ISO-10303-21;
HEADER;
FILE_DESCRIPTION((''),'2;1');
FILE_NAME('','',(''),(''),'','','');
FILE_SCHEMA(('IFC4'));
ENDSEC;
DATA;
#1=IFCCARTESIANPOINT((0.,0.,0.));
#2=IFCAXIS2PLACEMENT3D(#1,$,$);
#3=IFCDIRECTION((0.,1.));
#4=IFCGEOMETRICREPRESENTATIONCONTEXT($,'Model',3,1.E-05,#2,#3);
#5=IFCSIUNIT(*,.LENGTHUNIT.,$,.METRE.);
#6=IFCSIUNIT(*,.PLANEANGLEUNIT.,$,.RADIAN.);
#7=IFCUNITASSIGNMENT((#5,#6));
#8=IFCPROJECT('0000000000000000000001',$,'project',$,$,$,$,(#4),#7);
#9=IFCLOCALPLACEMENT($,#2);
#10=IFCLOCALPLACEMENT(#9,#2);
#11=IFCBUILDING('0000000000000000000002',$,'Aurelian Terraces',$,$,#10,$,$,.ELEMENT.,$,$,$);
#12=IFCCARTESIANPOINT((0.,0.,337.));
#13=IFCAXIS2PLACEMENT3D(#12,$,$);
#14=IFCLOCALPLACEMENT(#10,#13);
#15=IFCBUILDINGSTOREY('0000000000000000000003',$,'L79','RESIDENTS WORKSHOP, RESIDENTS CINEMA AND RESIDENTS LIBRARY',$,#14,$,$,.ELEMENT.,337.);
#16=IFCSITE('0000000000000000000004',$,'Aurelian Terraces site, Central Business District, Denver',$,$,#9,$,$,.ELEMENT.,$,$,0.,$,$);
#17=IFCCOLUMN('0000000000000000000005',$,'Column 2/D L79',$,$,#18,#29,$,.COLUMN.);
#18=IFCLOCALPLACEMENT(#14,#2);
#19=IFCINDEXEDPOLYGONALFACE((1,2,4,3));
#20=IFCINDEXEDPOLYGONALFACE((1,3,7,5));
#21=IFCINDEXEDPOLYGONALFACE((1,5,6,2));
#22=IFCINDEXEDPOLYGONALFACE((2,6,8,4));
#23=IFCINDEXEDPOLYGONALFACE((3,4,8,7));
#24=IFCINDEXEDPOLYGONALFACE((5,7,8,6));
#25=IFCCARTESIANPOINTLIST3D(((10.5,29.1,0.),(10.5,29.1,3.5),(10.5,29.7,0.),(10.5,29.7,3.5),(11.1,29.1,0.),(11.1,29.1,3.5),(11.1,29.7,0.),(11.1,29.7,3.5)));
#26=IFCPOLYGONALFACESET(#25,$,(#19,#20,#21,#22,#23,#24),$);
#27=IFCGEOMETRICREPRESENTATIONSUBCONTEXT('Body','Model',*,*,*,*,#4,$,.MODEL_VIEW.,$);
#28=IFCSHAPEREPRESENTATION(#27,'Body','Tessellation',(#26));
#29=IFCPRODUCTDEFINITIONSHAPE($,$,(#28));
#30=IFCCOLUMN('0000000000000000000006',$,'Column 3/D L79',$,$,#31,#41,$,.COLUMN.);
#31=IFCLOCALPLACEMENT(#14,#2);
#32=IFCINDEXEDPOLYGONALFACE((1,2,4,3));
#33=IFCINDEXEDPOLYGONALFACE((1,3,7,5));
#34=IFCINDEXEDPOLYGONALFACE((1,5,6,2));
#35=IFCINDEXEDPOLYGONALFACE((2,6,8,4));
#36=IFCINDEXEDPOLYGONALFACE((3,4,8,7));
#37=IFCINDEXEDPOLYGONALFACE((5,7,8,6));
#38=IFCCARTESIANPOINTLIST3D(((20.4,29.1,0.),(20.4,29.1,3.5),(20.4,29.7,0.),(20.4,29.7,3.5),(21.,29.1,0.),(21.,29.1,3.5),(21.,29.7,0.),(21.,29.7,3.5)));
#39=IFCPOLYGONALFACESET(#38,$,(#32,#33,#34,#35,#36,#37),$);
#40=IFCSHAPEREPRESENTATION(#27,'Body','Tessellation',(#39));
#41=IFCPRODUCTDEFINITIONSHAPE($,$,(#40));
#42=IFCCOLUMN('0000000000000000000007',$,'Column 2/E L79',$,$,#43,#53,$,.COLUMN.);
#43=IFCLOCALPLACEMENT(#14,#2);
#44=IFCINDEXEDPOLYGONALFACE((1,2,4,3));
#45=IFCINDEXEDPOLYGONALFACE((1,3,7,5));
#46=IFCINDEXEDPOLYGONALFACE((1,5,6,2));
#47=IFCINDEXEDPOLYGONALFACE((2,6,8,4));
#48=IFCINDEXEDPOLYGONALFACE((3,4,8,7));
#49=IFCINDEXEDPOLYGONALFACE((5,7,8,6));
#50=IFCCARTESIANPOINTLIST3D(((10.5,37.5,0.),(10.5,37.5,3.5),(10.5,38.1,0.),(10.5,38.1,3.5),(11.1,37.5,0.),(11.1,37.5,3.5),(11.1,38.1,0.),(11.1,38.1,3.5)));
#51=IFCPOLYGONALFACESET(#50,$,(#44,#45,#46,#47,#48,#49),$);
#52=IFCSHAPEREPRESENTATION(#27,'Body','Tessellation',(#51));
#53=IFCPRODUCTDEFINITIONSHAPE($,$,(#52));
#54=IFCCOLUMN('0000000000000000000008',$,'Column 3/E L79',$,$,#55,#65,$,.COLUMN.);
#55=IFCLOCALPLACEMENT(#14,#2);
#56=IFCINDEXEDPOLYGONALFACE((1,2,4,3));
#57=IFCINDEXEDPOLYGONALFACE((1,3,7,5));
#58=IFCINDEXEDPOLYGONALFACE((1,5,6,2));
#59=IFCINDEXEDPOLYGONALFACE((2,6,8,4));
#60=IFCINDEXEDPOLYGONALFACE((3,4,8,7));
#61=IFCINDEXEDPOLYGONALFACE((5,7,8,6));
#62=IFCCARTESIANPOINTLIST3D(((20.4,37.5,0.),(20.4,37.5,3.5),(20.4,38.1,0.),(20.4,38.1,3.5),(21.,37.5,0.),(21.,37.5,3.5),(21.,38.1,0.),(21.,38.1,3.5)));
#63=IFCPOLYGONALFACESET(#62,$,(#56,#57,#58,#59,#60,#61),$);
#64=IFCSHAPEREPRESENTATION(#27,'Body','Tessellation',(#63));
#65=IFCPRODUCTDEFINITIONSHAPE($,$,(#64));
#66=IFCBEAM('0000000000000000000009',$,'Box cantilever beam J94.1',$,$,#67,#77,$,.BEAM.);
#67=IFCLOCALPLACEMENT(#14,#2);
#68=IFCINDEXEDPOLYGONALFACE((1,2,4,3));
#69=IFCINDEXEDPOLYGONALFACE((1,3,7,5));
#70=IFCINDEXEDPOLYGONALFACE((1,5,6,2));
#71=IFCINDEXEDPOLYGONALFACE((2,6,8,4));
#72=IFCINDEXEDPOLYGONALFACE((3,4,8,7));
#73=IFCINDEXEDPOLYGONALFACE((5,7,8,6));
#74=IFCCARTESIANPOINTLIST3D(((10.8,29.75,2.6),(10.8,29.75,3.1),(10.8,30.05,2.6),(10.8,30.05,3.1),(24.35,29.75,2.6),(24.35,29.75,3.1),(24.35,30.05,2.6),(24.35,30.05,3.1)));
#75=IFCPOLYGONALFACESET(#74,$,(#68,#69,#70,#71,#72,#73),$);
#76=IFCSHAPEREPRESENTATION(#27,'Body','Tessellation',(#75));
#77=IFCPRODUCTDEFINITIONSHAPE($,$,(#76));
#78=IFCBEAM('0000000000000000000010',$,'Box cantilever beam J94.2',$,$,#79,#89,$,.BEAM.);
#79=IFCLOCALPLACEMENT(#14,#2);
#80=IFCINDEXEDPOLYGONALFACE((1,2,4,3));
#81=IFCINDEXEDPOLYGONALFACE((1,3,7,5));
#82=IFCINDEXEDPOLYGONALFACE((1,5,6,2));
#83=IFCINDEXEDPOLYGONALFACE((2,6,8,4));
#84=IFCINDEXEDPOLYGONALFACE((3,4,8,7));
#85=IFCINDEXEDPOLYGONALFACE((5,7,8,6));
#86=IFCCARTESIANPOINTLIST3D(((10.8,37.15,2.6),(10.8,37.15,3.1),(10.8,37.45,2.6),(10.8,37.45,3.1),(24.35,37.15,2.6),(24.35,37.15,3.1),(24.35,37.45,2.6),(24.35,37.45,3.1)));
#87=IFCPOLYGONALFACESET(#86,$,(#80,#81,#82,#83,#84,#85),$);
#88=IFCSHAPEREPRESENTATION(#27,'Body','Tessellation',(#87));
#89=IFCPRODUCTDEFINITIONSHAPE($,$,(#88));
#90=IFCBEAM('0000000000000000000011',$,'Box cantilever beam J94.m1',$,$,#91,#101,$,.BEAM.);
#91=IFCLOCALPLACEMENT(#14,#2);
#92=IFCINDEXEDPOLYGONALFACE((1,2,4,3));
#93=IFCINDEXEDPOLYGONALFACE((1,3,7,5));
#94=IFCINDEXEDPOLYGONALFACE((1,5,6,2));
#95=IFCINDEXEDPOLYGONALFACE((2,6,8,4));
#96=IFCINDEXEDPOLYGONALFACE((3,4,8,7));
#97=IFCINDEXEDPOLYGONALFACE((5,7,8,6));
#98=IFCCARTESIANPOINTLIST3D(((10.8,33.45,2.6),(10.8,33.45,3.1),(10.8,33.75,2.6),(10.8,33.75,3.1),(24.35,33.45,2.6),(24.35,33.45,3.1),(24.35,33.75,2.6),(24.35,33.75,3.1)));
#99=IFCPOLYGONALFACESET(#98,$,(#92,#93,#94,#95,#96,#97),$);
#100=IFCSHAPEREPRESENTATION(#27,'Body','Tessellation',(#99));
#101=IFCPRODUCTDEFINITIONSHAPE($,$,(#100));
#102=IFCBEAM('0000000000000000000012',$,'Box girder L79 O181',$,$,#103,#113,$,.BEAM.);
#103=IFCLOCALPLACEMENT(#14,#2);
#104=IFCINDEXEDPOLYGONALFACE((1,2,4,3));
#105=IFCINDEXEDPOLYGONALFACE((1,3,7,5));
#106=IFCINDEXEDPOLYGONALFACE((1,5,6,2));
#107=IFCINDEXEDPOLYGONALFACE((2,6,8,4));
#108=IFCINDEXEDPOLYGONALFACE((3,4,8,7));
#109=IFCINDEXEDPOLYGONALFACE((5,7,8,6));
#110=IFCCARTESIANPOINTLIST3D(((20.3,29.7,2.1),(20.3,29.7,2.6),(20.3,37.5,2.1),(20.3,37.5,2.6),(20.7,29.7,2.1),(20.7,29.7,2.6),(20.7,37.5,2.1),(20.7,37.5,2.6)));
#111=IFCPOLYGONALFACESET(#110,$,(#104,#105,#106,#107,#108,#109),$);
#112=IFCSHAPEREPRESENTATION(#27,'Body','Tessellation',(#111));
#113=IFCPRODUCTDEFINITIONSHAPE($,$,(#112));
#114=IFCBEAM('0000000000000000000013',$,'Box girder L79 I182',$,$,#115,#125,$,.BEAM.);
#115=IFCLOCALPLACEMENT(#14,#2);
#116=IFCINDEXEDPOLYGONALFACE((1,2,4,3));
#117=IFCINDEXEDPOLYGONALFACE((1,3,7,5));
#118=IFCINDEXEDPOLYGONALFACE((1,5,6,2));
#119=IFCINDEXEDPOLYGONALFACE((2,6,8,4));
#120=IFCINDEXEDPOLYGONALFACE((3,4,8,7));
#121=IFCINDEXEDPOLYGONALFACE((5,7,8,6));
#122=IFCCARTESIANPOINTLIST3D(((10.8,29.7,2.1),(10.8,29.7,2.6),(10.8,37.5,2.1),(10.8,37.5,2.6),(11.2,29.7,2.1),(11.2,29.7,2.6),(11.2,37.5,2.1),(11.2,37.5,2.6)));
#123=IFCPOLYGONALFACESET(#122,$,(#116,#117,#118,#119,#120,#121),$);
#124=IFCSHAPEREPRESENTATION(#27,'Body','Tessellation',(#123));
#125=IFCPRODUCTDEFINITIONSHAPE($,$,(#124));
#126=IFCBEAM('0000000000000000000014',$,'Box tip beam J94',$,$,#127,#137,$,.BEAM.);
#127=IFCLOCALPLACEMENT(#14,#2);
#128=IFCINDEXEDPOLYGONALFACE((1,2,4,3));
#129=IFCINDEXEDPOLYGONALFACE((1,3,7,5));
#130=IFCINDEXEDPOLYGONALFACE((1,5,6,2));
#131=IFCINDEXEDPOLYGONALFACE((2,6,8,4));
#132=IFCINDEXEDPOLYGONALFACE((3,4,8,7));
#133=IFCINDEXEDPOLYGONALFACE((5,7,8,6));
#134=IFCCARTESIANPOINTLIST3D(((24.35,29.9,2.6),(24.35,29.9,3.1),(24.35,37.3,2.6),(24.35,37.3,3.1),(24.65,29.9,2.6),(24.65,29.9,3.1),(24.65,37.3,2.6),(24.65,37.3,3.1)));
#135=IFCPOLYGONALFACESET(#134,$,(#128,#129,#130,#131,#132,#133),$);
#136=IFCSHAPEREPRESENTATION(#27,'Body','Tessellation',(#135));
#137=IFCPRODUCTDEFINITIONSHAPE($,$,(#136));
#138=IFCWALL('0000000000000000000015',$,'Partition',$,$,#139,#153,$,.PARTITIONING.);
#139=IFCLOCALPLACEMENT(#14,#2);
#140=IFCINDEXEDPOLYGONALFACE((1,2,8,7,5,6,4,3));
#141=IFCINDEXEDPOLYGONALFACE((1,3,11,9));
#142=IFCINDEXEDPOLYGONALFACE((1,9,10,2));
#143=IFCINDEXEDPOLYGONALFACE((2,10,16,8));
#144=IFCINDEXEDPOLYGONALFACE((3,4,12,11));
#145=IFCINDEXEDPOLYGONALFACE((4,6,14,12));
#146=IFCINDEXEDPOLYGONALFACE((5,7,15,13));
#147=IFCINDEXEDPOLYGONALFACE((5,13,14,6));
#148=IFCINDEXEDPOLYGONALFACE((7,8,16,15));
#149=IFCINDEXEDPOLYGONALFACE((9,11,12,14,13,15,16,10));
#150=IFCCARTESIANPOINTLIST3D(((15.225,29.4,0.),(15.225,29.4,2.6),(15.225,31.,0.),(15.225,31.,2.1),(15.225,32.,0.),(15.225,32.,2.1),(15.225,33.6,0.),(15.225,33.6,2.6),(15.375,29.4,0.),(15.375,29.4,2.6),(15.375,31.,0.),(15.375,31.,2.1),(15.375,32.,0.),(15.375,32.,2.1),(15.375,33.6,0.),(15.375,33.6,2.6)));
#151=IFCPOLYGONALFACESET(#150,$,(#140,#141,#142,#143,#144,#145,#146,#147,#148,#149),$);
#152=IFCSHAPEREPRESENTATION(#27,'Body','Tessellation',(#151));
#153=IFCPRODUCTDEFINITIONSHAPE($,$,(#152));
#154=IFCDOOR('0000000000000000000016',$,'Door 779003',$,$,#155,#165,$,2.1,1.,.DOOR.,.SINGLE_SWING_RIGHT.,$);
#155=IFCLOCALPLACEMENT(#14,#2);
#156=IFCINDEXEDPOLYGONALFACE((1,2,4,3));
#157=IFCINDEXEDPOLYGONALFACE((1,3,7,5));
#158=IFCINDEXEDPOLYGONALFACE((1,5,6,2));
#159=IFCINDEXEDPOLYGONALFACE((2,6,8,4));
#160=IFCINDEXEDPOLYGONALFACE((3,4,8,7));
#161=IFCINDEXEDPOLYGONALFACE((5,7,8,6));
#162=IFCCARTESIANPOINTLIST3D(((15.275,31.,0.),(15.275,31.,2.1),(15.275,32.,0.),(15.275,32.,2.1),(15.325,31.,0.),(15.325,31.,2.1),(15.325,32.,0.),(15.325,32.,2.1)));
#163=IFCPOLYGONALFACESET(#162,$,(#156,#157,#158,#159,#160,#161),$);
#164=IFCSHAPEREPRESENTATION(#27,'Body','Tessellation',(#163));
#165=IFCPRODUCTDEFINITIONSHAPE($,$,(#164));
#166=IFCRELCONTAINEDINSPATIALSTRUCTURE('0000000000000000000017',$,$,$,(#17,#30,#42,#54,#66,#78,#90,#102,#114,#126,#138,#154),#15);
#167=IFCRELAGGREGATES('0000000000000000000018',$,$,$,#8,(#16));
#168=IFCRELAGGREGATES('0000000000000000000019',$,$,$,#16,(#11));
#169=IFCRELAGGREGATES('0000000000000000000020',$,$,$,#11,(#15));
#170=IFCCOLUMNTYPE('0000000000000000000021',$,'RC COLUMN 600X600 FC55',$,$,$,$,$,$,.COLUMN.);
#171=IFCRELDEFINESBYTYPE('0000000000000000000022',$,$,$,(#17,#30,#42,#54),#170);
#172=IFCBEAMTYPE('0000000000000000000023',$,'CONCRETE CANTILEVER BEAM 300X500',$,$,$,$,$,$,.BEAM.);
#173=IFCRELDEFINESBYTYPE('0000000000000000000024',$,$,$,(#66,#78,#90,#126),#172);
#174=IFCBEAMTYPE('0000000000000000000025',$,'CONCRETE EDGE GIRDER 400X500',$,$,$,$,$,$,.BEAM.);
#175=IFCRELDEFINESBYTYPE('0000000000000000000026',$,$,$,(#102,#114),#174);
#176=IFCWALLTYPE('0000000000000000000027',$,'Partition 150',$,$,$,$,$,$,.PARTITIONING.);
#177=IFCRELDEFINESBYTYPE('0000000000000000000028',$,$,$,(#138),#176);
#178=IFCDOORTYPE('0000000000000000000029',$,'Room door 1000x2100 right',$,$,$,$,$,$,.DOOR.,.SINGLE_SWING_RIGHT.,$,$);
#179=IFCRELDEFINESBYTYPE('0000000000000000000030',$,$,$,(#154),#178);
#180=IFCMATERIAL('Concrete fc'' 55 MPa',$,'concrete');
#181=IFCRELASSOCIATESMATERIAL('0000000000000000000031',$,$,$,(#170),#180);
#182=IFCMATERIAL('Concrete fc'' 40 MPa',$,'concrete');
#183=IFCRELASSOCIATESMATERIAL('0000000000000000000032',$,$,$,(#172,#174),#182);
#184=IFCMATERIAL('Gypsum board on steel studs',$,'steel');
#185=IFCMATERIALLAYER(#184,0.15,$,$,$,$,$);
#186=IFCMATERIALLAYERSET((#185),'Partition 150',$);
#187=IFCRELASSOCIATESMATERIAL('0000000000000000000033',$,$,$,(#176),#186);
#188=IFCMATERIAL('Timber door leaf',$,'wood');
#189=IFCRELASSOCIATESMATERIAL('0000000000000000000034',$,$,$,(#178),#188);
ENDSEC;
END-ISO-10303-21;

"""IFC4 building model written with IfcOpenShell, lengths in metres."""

from ifc_helpers import new_model, si_unit, direction, frame, frame_2d, origin, origin_2d, place, context, subcontext, project, spatial, rectangle, extrude, source, transform, mapped, material, layer, layer_set, material_profile, profile_set, type_object, element, fill, save


model = new_model("IFC4")

# Units and contexts
model_context = context("Model", 3, precision=1e-05, world=origin(), true_north=direction((0.0, 1.0)))
body_context = subcontext(model_context, "Body", "Model", "MODEL_VIEW")
ifc_project = project(units=[si_unit("LENGTHUNIT", "METRE"), si_unit("PLANEANGLEUNIT", "RADIAN")], contexts=[model_context])

# Site, building, storey
site_placement = place(None, origin())
site = spatial("IfcSite", under=ifc_project, at=site_placement, Name="Aurelian Terraces site, Central Business District, Denver", CompositionType="ELEMENT", RefElevation=0.0)
building_placement = place(site_placement, origin())
building = spatial("IfcBuilding", under=site, at=building_placement, Name="Aurelian Terraces", CompositionType="ELEMENT")
storey_placement = place(building_placement, frame((0.0, 0.0, 337.0)))
storey = spatial("IfcBuildingStorey", under=building, at=storey_placement, Name="L79", Description="RESIDENTS WORKSHOP, RESIDENTS CINEMA AND RESIDENTS LIBRARY", CompositionType="ELEMENT", Elevation=337.0)

# Columns
ifc_material_1 = material(Name="Concrete fc' 55 MPa", Category="concrete")
ifc_material_profile_1 = material_profile(ifc_material_1, rectangle(XDim=0.6, YDim=0.6, at=origin_2d()))
ifc_profile_set_1 = profile_set([ifc_material_profile_1], Name="Concrete fc' 55 MPa")
column_type = type_object("IfcColumnType", Name="RC COLUMN 600X600 FC55", PredefinedType="COLUMN", material=ifc_profile_set_1)
shared_shape_1 = source(origin(), body_context, "Body", "SweptSolid", [
    extrude(rectangle(XDim=0.6, YDim=0.6, at=origin_2d()), origin(), (0.0, 0.0, 1.0), 3.5),
])
for number, where, z_axis, x_axis, name in (
    (1, (10.8, 29.4, 0.0), (0.0, 0.0, 1.0), (1.0, 0.0, 0.0), "Column 2/D L79"),
    (2, (20.7, 29.4, 0.0), (0.0, 0.0, 1.0), (1.0, 0.0, 0.0), "Column 3/D L79"),
    (3, (10.8, 37.8, 0.0), (0.0, 0.0, 1.0), (1.0, 0.0, 0.0), "Column 2/E L79"),
    (4, (20.7, 37.8, 0.0), (0.0, 0.0, 1.0), (1.0, 0.0, 0.0), "Column 3/E L79"),
):
    element("IfcColumn", number, at=place(storey_placement, frame(where, z_axis=z_axis, x_axis=x_axis)), inside=storey, type_object=column_type, Name=name, PredefinedType="COLUMN", context=body_context, shape_type="MappedRepresentation", body=[
        mapped(shared_shape_1, transform((0.0, 0.0, 0.0), scale=1.0)),
    ])

# Beams
ifc_material_2 = material(Name="Concrete fc' 40 MPa", Category="concrete")
ifc_material_profile_2 = material_profile(ifc_material_2, rectangle(XDim=0.3, YDim=0.5, at=origin_2d()))
ifc_profile_set_2 = profile_set([ifc_material_profile_2], Name="Concrete fc' 40 MPa")
beam_type_1 = type_object("IfcBeamType", Name="CONCRETE CANTILEVER BEAM 300X500", PredefinedType="BEAM", material=ifc_profile_set_2)
shared_shape_2 = source(origin(), body_context, "Body", "SweptSolid", [
    extrude(rectangle(XDim=0.3, YDim=0.5, at=origin_2d()), origin(), (0.0, 0.0, 1.0), 13.55),
])
for number, where, z_axis, x_axis, name in (
    (5, (24.35, 29.9, 2.85), (-1.0, 0.0, 0.0), (0.0, -1.0, 0.0), "Box cantilever beam J94.1"),
    (6, (24.35, 37.3, 2.85), (-1.0, 0.0, 0.0), (0.0, -1.0, 0.0), "Box cantilever beam J94.2"),
    (7, (24.35, 33.6, 2.85), (-1.0, 0.0, 0.0), (0.0, -1.0, 0.0), "Box cantilever beam J94.m1"),
):
    element("IfcBeam", number, at=place(storey_placement, frame(where, z_axis=z_axis, x_axis=x_axis)), inside=storey, type_object=beam_type_1, Name=name, PredefinedType="BEAM", context=body_context, shape_type="MappedRepresentation", body=[
        mapped(shared_shape_2, transform((0.0, 0.0, 0.0), scale=1.0)),
    ])
ifc_material_profile_3 = material_profile(ifc_material_2, rectangle(XDim=0.4, YDim=0.5, at=origin_2d()))
ifc_profile_set_3 = profile_set([ifc_material_profile_3], Name="Concrete fc' 40 MPa")
beam_type_2 = type_object("IfcBeamType", Name="CONCRETE EDGE GIRDER 400X500", PredefinedType="BEAM", material=ifc_profile_set_3)
shared_shape_3 = source(origin(), body_context, "Body", "SweptSolid", [
    extrude(rectangle(XDim=0.4, YDim=0.5, at=origin_2d()), origin(), (0.0, 0.0, 1.0), 7.8),
])
for number, where, z_axis, x_axis, name in (
    (8, (20.5, 29.7, 2.35), (0.0, 1.0, 0.0), (-1.0, 0.0, 0.0), "Box girder L79 O181"),
    (9, (11.0, 29.7, 2.35), (0.0, 1.0, 0.0), (-1.0, 0.0, 0.0), "Box girder L79 I182"),
):
    element("IfcBeam", number, at=place(storey_placement, frame(where, z_axis=z_axis, x_axis=x_axis)), inside=storey, type_object=beam_type_2, Name=name, PredefinedType="BEAM", context=body_context, shape_type="MappedRepresentation", body=[
        mapped(shared_shape_3, transform((0.0, 0.0, 0.0), scale=1.0)),
    ])
shared_shape_4 = source(origin(), body_context, "Body", "SweptSolid", [
    extrude(rectangle(XDim=0.3, YDim=0.5, at=origin_2d()), origin(), (0.0, 0.0, 1.0), 7.4),
])
beam_placement = place(storey_placement, frame((24.5, 29.9, 2.85), z_axis=(0.0, 1.0, 0.0), x_axis=(-1.0, 0.0, 0.0)))
element("IfcBeam", 10, at=beam_placement, inside=storey, type_object=beam_type_1, Name="Box tip beam J94", PredefinedType="BEAM", context=body_context, shape_type="MappedRepresentation", body=[
    mapped(shared_shape_4, transform((0.0, 0.0, 0.0), scale=1.0)),
])

# Wall, opening, door
ifc_material_3 = material(Name="Gypsum board on steel studs", Category="steel")
ifc_layer_1 = layer(ifc_material_3, 0.15)
ifc_layer_set_1 = layer_set([ifc_layer_1], Name="Partition 150")
wall_type_1 = type_object("IfcWallType", Name="Partition 150", PredefinedType="PARTITIONING", material=ifc_layer_set_1)
wall_1_placement = place(storey_placement, frame((15.3, 33.6, 0.0), z_axis=(0.0, 0.0, 1.0), x_axis=(0.0, -1.0, 0.0)))
wall_1 = element("IfcWall", 11, at=wall_1_placement, inside=storey, type_object=wall_type_1, Name="Partition", PredefinedType="PARTITIONING", context=body_context, shape_type="SweptSolid", body=[
    extrude(rectangle(XDim=4.2, YDim=0.15, at=frame_2d((2.1, 0.0))), origin(), (0.0, 0.0, 1.0), 2.6),
])
shared_shape_5 = source(origin(), body_context, "Body", "SweptSolid", [
    extrude(rectangle(XDim=1.0, YDim=2.1, at=frame_2d((0.5, 1.05))), frame((0.0, 0.085, 0.0), z_axis=(0.0, -1.0, 0.0), x_axis=(1.0, 0.0, 0.0)), (0.0, 0.0, 1.0), 0.17),
])
opening_1_placement = place(wall_1_placement, frame((1.6, 0.0, 0.0)))
opening_1 = element("IfcOpeningElement", 12, at=opening_1_placement, cuts=wall_1, PredefinedType="OPENING", context=body_context, shape_type="MappedRepresentation", body=[
    mapped(shared_shape_5, transform((0.0, 0.0, 0.0), scale=1.0)),
])
ifc_material_4 = material(Name="Timber door leaf", Category="wood")
door_type_1 = type_object("IfcDoorType", Name="Room door 1000x2100 right", OperationType="SINGLE_SWING_RIGHT", PredefinedType="DOOR", material=ifc_material_4)
shared_shape_6 = source(origin(), body_context, "Body", "SweptSolid", [
    extrude(rectangle(XDim=1.0, YDim=2.1, at=frame_2d((0.5, 1.05))), frame((0.0, 0.025, 0.0), z_axis=(0.0, -1.0, 0.0), x_axis=(1.0, 0.0, 0.0)), (0.0, 0.0, 1.0), 0.05),
])
door_1_placement = place(opening_1_placement, origin())
door_1 = element("IfcDoor", 13, at=door_1_placement, inside=storey, type_object=door_type_1, Name="Door 779003", OperationType="SINGLE_SWING_RIGHT", OverallHeight=2.1, OverallWidth=1.0, PredefinedType="DOOR", context=body_context, shape_type="MappedRepresentation", body=[
    mapped(shared_shape_6, transform((0.0, 0.0, 0.0), scale=1.0)),
])
fill(opening_1, door_1)

save(model, "model.ifc")
